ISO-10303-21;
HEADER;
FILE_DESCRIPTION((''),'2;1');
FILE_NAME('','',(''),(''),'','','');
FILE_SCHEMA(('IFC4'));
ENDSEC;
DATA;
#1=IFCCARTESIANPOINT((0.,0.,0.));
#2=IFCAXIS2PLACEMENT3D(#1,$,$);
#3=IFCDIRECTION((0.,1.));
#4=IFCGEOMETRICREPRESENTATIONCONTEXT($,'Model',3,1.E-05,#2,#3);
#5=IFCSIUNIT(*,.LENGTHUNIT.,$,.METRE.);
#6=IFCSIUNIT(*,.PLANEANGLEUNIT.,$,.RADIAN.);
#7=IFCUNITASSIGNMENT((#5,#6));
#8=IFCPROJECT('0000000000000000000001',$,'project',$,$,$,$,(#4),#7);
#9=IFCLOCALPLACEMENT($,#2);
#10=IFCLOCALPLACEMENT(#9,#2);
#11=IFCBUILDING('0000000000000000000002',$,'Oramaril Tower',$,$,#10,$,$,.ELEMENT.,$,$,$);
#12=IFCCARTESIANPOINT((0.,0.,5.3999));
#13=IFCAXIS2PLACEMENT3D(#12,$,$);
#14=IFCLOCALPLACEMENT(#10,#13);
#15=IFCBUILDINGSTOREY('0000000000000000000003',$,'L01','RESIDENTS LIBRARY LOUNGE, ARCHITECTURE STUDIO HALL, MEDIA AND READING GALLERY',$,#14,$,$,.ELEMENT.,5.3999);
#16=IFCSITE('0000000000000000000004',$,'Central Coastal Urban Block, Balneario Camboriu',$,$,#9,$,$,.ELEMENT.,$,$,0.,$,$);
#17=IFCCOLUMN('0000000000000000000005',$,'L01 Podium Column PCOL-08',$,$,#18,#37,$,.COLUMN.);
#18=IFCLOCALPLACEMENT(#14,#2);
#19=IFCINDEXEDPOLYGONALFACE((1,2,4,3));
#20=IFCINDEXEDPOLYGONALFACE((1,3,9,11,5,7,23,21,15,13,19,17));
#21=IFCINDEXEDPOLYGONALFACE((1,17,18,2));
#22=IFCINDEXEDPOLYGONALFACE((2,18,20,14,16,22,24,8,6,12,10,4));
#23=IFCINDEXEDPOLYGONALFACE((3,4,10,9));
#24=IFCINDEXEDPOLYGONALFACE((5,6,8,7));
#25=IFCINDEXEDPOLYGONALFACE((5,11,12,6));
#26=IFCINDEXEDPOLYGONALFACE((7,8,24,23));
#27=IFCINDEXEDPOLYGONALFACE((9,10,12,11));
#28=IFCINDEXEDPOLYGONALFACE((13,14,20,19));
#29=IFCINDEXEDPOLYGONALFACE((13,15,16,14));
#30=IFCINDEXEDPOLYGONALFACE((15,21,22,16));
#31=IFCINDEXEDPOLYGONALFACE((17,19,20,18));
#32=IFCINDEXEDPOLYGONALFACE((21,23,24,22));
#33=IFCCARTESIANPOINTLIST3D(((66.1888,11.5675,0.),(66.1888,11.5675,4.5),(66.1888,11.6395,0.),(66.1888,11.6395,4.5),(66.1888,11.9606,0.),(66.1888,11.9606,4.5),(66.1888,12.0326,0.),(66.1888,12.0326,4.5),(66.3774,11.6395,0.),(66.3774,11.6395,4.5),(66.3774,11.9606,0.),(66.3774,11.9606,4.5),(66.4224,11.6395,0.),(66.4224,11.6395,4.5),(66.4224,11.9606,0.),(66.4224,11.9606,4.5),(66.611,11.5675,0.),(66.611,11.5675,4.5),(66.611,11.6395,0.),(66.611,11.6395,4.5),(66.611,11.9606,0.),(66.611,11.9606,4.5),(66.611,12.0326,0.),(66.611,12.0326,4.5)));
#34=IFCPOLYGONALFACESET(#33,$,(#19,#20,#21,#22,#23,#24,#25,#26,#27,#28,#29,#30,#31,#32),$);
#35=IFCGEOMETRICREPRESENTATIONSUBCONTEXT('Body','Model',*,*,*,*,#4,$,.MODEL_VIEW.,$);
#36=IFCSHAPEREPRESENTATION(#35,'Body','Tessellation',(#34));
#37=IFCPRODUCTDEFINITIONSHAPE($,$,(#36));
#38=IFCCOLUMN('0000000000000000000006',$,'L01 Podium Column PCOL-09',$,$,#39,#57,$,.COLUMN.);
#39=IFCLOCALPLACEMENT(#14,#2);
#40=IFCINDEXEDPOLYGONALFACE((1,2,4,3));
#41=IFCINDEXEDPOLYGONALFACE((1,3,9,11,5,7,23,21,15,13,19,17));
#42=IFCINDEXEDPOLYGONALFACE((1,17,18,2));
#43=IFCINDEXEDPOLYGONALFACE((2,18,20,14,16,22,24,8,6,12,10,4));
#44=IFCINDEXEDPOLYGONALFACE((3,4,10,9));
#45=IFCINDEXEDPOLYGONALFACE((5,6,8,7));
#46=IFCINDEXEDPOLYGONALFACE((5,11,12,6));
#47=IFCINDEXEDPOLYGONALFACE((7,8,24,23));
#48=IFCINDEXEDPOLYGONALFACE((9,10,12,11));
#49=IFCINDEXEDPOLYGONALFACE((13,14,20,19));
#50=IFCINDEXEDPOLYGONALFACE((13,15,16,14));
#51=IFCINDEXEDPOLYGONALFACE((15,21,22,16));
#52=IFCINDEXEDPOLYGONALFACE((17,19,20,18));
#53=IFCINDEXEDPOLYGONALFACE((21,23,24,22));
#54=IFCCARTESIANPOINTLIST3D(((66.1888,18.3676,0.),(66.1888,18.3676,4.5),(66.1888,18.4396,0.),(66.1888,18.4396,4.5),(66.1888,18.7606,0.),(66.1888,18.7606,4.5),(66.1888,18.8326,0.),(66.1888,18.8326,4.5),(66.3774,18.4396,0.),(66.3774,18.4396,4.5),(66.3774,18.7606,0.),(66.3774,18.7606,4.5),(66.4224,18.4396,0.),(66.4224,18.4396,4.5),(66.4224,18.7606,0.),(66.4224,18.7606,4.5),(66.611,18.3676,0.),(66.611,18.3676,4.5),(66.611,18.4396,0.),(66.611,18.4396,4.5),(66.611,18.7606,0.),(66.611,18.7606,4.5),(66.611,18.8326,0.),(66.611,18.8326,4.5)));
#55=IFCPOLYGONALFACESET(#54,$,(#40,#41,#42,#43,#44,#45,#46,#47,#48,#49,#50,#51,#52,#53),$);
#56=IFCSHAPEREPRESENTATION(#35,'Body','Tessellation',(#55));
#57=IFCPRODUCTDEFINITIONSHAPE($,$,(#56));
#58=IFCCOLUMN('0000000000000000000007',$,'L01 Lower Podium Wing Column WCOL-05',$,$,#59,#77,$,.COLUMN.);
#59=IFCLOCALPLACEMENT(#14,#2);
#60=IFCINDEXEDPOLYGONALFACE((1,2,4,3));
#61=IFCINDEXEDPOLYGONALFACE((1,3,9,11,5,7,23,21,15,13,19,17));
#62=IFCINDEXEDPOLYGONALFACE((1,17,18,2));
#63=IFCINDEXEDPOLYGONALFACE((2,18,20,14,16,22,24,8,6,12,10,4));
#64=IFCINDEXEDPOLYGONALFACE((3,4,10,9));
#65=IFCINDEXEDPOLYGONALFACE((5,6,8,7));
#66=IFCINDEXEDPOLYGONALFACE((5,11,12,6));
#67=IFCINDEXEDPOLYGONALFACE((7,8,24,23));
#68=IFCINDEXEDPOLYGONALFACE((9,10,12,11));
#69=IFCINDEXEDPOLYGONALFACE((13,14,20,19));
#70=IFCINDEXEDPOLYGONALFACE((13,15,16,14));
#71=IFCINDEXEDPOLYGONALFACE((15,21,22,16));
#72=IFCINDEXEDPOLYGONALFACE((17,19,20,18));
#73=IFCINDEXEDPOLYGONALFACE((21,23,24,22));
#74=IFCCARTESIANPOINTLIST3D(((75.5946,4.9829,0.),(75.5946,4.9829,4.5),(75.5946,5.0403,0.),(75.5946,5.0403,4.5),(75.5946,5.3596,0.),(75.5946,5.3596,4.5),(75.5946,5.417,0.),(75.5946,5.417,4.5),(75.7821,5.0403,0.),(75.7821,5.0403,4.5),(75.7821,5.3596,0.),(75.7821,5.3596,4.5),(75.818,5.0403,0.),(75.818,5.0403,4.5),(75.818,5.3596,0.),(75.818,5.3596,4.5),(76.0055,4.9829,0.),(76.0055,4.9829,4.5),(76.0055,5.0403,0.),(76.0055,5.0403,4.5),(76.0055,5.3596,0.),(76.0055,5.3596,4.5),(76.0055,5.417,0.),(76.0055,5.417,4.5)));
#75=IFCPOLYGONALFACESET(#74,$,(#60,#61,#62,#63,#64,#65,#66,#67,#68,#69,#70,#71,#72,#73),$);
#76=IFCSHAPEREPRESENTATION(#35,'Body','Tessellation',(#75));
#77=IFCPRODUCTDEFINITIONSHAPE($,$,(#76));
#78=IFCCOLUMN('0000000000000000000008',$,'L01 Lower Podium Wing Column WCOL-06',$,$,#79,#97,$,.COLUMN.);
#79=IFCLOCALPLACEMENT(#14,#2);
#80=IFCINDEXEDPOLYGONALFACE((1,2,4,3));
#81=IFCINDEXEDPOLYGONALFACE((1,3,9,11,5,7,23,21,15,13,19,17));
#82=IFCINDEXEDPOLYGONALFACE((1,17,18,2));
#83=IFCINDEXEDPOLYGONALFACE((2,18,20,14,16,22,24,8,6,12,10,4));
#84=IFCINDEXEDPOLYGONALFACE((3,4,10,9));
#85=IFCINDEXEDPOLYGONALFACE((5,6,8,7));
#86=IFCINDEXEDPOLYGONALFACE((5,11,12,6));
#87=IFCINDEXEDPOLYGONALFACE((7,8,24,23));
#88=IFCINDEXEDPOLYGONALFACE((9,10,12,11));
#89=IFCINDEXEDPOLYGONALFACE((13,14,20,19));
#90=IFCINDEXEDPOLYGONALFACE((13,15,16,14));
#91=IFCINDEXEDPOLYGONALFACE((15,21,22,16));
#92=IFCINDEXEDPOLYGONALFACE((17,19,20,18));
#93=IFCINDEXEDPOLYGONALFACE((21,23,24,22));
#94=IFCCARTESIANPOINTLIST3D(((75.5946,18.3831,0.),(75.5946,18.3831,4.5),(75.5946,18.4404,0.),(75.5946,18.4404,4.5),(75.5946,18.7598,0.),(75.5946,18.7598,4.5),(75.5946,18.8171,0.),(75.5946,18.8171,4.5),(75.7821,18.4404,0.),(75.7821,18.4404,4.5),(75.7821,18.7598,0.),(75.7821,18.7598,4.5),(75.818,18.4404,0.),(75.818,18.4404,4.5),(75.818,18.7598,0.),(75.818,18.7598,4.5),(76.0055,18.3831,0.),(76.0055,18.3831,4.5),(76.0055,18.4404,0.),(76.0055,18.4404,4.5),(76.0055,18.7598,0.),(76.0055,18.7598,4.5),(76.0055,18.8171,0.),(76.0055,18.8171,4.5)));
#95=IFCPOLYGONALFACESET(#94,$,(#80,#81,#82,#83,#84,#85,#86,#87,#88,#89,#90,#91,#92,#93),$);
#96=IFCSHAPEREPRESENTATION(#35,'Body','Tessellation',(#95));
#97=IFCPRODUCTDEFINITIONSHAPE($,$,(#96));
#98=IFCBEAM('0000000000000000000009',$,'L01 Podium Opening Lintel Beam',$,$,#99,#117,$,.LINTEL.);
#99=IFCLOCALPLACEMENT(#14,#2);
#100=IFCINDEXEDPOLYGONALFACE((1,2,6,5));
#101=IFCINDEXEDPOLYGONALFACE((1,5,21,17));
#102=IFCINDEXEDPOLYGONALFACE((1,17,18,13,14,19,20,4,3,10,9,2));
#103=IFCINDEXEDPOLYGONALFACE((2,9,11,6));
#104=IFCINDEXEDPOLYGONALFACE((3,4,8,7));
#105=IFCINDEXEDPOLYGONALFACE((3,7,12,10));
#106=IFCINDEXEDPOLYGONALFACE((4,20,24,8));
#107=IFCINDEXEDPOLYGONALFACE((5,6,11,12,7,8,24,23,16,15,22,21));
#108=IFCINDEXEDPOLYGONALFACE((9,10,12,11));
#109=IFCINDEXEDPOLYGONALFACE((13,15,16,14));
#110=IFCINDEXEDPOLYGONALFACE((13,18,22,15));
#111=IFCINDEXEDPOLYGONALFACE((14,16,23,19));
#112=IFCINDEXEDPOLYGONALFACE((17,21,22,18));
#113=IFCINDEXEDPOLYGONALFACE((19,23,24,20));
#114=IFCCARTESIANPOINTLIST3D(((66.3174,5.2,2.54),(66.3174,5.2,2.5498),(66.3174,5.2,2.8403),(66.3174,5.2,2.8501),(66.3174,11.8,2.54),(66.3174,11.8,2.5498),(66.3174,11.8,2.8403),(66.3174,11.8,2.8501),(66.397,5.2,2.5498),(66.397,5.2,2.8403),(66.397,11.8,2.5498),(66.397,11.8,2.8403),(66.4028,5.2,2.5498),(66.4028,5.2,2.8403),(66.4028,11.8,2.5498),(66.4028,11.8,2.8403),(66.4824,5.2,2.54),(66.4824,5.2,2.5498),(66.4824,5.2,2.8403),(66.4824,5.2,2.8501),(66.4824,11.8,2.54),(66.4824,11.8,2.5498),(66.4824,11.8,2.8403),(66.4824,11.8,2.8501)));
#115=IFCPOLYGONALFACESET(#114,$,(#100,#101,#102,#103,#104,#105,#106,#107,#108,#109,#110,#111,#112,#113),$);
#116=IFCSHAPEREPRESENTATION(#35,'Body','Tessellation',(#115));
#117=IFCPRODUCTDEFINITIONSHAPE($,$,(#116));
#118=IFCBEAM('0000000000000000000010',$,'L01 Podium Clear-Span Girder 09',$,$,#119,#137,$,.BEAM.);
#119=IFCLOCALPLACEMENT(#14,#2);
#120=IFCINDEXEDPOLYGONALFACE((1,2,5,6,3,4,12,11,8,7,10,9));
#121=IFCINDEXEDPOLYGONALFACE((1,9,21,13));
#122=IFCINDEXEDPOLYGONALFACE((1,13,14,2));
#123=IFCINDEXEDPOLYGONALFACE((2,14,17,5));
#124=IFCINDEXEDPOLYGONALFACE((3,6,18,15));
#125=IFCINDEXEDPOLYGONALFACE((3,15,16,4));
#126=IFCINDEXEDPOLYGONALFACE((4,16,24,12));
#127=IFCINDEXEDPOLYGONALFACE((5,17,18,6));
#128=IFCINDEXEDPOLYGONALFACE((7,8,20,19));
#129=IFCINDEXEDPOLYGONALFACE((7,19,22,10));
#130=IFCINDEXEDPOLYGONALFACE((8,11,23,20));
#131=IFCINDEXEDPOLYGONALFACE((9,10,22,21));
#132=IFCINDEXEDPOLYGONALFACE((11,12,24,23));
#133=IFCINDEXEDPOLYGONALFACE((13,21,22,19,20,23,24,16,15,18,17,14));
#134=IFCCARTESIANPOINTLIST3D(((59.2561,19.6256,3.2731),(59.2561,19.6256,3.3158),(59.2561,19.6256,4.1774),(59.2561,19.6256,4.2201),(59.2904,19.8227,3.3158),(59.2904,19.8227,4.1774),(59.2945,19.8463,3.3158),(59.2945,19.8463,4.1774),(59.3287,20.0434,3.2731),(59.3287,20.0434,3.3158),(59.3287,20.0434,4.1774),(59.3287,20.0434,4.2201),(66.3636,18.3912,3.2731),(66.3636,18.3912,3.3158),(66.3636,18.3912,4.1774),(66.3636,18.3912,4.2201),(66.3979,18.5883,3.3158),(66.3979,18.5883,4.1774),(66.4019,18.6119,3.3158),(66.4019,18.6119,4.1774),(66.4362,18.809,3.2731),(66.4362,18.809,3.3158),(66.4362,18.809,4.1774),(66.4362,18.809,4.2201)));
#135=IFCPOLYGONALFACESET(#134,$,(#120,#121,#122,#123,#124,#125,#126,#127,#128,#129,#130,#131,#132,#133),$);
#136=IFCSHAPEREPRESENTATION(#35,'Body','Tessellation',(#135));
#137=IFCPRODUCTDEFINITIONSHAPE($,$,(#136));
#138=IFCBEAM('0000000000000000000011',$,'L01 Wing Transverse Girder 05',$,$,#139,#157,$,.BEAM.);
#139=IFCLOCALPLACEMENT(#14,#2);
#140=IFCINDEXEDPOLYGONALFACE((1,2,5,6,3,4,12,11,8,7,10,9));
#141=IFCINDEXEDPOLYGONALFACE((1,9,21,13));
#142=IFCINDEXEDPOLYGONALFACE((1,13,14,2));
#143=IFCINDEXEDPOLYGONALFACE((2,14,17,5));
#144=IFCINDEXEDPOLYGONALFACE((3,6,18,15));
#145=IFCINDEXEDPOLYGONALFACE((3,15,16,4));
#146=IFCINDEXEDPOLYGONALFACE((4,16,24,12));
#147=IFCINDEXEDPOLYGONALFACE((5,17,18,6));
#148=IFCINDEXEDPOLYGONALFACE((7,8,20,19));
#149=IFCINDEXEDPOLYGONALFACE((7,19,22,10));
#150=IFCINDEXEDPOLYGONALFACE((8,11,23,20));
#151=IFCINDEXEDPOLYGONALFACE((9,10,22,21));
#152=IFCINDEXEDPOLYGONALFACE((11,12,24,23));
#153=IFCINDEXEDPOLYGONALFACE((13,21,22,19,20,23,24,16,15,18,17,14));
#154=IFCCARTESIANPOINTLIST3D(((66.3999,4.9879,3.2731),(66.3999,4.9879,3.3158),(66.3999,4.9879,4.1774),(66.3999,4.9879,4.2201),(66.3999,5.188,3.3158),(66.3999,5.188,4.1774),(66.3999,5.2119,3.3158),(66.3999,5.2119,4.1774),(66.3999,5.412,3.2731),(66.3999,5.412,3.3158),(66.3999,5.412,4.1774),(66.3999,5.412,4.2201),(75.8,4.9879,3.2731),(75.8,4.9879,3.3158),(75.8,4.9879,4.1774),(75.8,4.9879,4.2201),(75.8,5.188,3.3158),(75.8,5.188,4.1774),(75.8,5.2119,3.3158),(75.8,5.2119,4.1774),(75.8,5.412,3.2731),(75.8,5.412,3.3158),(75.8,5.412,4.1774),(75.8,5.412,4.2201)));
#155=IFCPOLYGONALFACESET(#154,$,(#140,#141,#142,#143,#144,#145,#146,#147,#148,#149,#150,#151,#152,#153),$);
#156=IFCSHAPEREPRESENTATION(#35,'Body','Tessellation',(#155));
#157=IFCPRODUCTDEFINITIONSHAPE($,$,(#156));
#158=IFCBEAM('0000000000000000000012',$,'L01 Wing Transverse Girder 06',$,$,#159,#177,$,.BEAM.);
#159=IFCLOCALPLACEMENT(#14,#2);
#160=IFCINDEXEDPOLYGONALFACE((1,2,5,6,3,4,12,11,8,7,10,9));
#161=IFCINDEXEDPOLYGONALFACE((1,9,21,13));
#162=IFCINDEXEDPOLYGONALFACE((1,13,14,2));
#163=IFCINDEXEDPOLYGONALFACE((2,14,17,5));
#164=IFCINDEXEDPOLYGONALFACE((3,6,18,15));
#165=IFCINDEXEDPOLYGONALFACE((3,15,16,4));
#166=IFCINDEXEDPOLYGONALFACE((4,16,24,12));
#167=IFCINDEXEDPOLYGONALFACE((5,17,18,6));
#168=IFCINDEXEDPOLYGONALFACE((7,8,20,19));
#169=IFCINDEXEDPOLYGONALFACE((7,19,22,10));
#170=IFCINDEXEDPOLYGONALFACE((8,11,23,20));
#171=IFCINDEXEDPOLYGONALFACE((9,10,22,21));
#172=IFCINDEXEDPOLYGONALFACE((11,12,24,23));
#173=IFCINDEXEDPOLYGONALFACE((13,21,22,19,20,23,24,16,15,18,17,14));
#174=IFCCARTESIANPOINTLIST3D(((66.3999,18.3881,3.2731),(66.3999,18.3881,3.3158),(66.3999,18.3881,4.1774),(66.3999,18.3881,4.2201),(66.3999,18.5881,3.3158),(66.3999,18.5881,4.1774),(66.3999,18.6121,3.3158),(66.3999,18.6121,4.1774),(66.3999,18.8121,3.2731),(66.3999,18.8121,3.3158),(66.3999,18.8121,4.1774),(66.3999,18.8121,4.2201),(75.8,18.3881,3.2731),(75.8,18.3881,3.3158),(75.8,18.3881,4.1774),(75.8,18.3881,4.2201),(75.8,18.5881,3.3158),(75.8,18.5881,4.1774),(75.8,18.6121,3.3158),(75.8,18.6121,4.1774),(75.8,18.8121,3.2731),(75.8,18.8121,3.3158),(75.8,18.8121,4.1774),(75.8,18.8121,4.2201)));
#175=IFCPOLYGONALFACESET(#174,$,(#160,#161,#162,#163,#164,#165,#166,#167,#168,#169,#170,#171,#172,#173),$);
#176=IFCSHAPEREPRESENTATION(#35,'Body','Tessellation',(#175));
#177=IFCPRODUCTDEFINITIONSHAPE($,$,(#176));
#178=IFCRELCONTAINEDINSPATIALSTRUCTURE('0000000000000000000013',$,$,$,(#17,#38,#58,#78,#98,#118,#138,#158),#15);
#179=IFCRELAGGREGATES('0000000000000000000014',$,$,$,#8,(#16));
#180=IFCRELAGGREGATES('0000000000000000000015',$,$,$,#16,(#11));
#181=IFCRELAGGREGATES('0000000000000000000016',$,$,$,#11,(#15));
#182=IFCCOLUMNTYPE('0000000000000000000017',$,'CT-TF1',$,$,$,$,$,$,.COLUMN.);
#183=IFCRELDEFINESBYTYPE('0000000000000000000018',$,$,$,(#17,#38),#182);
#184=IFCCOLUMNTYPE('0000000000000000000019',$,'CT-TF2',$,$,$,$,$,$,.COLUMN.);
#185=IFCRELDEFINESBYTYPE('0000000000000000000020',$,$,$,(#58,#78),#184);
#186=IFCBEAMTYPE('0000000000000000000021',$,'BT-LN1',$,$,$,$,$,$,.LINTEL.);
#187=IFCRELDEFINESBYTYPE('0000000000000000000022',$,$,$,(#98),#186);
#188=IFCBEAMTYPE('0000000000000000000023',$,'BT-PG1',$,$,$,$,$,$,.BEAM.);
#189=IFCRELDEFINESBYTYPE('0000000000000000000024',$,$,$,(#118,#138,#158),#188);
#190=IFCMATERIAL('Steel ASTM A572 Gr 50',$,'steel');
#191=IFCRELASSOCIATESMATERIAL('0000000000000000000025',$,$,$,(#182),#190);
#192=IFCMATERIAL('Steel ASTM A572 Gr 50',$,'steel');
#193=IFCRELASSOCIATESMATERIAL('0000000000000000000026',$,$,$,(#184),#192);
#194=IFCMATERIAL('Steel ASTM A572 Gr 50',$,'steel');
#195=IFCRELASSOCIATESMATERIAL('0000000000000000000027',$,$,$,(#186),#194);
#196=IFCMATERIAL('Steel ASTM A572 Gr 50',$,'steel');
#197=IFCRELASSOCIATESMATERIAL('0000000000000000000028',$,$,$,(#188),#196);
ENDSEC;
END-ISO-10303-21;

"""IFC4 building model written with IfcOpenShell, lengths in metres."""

from ifc_helpers import new_model, si_unit, direction, frame, origin, origin_2d, place, context, subcontext, project, spatial, i_section, extrude, material, material_profile, profile_set, type_object, element, save


model = new_model("IFC4")

# Units and contexts
model_context = context("Model", 3, precision=1e-05, world=origin(), true_north=direction((0.0, 1.0)))
body_context = subcontext(model_context, "Body", "Model", "MODEL_VIEW")
ifc_project = project(units=[si_unit("LENGTHUNIT", "METRE"), si_unit("PLANEANGLEUNIT", "RADIAN")], contexts=[model_context])

# Site, building, storey
site_placement = place(None, origin())
site = spatial("IfcSite", under=ifc_project, at=site_placement, Name="Central Coastal Urban Block, Balneario Camboriu", CompositionType="ELEMENT", RefElevation=0.0)
building_placement = place(site_placement, origin())
building = spatial("IfcBuilding", under=site, at=building_placement, Name="Oramaril Tower", CompositionType="ELEMENT")
storey_placement = place(building_placement, frame((0.0, 0.0, 5.3999)))
storey = spatial("IfcBuildingStorey", under=building, at=storey_placement, Name="L01", Description="RESIDENTS LIBRARY LOUNGE, ARCHITECTURE STUDIO HALL, MEDIA AND READING GALLERY", CompositionType="ELEMENT", Elevation=5.3999)

# Columns
ifc_material_1 = material(Name="Steel ASTM A572 Gr 50", Category="steel")
ifc_material_profile_1 = material_profile(ifc_material_1, i_section(OverallWidth=0.4221, OverallDepth=0.4651, WebThickness=0.0449, FlangeThickness=0.072, at=origin_2d()), Name="W14X398")
ifc_profile_set_1 = profile_set([ifc_material_profile_1], Name="Steel ASTM A572 Gr 50")
column_type_1 = type_object("IfcColumnType", Name="CT-TF1", PredefinedType="COLUMN", material=ifc_profile_set_1)
for number, where, z_axis, x_axis, name in (
    (1, (66.3999, 11.8, 0.0), (0.0, 0.0, 1.0), (1.0, 0.0, 0.0), "L01 Podium Column PCOL-08"),
    (2, (66.3999, 18.6001, 0.0), (0.0, 0.0, 1.0), (1.0, 0.0, 0.0), "L01 Podium Column PCOL-09"),
):
    element("IfcColumn", number, at=place(storey_placement, frame(where, z_axis=z_axis, x_axis=x_axis)), inside=storey, type_object=column_type_1, Name=name, PredefinedType="COLUMN", context=body_context, shape_type="SweptSolid", body=[
        extrude(i_section(OverallWidth=0.4221, OverallDepth=0.4651, WebThickness=0.0449, FlangeThickness=0.072, at=origin_2d()), origin(), (0.0, 0.0, 1.0), 4.5),
    ])
ifc_material_2 = material(Name="Steel ASTM A572 Gr 50", Category="steel")
ifc_material_profile_2 = material_profile(ifc_material_2, i_section(OverallWidth=0.4109, OverallDepth=0.4341, WebThickness=0.0359, FlangeThickness=0.0574, at=origin_2d()), Name="W14X311")
ifc_profile_set_2 = profile_set([ifc_material_profile_2], Name="Steel ASTM A572 Gr 50")
column_type_2 = type_object("IfcColumnType", Name="CT-TF2", PredefinedType="COLUMN", material=ifc_profile_set_2)
for number, where, z_axis, x_axis, name in (
    (3, (75.8, 5.2, 0.0), (0.0, 0.0, 1.0), (1.0, 0.0, 0.0), "L01 Lower Podium Wing Column WCOL-05"),
    (4, (75.8, 18.6001, 0.0), (0.0, 0.0, 1.0), (1.0, 0.0, 0.0), "L01 Lower Podium Wing Column WCOL-06"),
):
    element("IfcColumn", number, at=place(storey_placement, frame(where, z_axis=z_axis, x_axis=x_axis)), inside=storey, type_object=column_type_2, Name=name, PredefinedType="COLUMN", context=body_context, shape_type="SweptSolid", body=[
        extrude(i_section(OverallWidth=0.4109, OverallDepth=0.4341, WebThickness=0.0359, FlangeThickness=0.0574, at=origin_2d()), origin(), (0.0, 0.0, 1.0), 4.5),
    ])

# Beams
ifc_material_3 = material(Name="Steel ASTM A572 Gr 50", Category="steel")
ifc_material_profile_3 = material_profile(ifc_material_3, i_section(OverallWidth=0.165, OverallDepth=0.3101, WebThickness=0.0059, FlangeThickness=0.0098, at=origin_2d()), Name="W12X26")
ifc_profile_set_3 = profile_set([ifc_material_profile_3], Name="Steel ASTM A572 Gr 50")
beam_type_1 = type_object("IfcBeamType", Name="BT-LN1", PredefinedType="LINTEL", material=ifc_profile_set_3)
beam_1_placement = place(storey_placement, frame((66.3999, 5.2, 2.6951), z_axis=(0.0, 1.0, 0.0), x_axis=(-1.0, 0.0, 0.0)))
element("IfcBeam", 5, at=beam_1_placement, inside=storey, type_object=beam_type_1, Name="L01 Podium Opening Lintel Beam", PredefinedType="LINTEL", context=body_context, shape_type="SweptSolid", body=[
    extrude(i_section(OverallWidth=0.165, OverallDepth=0.3101, WebThickness=0.0059, FlangeThickness=0.0098, at=origin_2d()), origin(), (0.0, 0.0, 1.0), 6.6001),
])
ifc_material_4 = material(Name="Steel ASTM A572 Gr 50", Category="steel")
ifc_material_profile_4 = material_profile(ifc_material_4, i_section(OverallWidth=0.4241, OverallDepth=0.947, WebThickness=0.0239, FlangeThickness=0.0427, at=origin_2d()), Name="W36X302")
ifc_profile_set_4 = profile_set([ifc_material_profile_4], Name="Steel ASTM A572 Gr 50")
beam_type_2 = type_object("IfcBeamType", Name="BT-PG1", PredefinedType="BEAM", material=ifc_profile_set_4)
beam_2_placement = place(storey_placement, frame((66.3999, 18.6001, 3.7466), z_axis=(-0.985251, 0.171113, 0.0), x_axis=(-0.171113, -0.985251, 0.0)))
element("IfcBeam", 6, at=beam_2_placement, inside=storey, type_object=beam_type_2, Name="L01 Podium Clear-Span Girder 09", PredefinedType="BEAM", context=body_context, shape_type="SweptSolid", body=[
    extrude(i_section(OverallWidth=0.4241, OverallDepth=0.947, WebThickness=0.0239, FlangeThickness=0.0427, at=origin_2d()), origin(), (0.0, 0.0, 1.0), 7.2139),
])
for number, where, z_axis, x_axis, name in (
    (7, (66.3999, 5.2, 3.7466), (1.0, 0.0, 0.0), (0.0, 1.0, 0.0), "L01 Wing Transverse Girder 05"),
    (8, (66.3999, 18.6001, 3.7466), (1.0, 0.0, 0.0), (0.0, 1.0, 0.0), "L01 Wing Transverse Girder 06"),
):
    element("IfcBeam", number, at=place(storey_placement, frame(where, z_axis=z_axis, x_axis=x_axis)), inside=storey, type_object=beam_type_2, Name=name, PredefinedType="BEAM", context=body_context, shape_type="SweptSolid", body=[
        extrude(i_section(OverallWidth=0.4241, OverallDepth=0.947, WebThickness=0.0239, FlangeThickness=0.0427, at=origin_2d()), origin(), (0.0, 0.0, 1.0), 9.4001),
    ])

save(model, "model.ifc")
